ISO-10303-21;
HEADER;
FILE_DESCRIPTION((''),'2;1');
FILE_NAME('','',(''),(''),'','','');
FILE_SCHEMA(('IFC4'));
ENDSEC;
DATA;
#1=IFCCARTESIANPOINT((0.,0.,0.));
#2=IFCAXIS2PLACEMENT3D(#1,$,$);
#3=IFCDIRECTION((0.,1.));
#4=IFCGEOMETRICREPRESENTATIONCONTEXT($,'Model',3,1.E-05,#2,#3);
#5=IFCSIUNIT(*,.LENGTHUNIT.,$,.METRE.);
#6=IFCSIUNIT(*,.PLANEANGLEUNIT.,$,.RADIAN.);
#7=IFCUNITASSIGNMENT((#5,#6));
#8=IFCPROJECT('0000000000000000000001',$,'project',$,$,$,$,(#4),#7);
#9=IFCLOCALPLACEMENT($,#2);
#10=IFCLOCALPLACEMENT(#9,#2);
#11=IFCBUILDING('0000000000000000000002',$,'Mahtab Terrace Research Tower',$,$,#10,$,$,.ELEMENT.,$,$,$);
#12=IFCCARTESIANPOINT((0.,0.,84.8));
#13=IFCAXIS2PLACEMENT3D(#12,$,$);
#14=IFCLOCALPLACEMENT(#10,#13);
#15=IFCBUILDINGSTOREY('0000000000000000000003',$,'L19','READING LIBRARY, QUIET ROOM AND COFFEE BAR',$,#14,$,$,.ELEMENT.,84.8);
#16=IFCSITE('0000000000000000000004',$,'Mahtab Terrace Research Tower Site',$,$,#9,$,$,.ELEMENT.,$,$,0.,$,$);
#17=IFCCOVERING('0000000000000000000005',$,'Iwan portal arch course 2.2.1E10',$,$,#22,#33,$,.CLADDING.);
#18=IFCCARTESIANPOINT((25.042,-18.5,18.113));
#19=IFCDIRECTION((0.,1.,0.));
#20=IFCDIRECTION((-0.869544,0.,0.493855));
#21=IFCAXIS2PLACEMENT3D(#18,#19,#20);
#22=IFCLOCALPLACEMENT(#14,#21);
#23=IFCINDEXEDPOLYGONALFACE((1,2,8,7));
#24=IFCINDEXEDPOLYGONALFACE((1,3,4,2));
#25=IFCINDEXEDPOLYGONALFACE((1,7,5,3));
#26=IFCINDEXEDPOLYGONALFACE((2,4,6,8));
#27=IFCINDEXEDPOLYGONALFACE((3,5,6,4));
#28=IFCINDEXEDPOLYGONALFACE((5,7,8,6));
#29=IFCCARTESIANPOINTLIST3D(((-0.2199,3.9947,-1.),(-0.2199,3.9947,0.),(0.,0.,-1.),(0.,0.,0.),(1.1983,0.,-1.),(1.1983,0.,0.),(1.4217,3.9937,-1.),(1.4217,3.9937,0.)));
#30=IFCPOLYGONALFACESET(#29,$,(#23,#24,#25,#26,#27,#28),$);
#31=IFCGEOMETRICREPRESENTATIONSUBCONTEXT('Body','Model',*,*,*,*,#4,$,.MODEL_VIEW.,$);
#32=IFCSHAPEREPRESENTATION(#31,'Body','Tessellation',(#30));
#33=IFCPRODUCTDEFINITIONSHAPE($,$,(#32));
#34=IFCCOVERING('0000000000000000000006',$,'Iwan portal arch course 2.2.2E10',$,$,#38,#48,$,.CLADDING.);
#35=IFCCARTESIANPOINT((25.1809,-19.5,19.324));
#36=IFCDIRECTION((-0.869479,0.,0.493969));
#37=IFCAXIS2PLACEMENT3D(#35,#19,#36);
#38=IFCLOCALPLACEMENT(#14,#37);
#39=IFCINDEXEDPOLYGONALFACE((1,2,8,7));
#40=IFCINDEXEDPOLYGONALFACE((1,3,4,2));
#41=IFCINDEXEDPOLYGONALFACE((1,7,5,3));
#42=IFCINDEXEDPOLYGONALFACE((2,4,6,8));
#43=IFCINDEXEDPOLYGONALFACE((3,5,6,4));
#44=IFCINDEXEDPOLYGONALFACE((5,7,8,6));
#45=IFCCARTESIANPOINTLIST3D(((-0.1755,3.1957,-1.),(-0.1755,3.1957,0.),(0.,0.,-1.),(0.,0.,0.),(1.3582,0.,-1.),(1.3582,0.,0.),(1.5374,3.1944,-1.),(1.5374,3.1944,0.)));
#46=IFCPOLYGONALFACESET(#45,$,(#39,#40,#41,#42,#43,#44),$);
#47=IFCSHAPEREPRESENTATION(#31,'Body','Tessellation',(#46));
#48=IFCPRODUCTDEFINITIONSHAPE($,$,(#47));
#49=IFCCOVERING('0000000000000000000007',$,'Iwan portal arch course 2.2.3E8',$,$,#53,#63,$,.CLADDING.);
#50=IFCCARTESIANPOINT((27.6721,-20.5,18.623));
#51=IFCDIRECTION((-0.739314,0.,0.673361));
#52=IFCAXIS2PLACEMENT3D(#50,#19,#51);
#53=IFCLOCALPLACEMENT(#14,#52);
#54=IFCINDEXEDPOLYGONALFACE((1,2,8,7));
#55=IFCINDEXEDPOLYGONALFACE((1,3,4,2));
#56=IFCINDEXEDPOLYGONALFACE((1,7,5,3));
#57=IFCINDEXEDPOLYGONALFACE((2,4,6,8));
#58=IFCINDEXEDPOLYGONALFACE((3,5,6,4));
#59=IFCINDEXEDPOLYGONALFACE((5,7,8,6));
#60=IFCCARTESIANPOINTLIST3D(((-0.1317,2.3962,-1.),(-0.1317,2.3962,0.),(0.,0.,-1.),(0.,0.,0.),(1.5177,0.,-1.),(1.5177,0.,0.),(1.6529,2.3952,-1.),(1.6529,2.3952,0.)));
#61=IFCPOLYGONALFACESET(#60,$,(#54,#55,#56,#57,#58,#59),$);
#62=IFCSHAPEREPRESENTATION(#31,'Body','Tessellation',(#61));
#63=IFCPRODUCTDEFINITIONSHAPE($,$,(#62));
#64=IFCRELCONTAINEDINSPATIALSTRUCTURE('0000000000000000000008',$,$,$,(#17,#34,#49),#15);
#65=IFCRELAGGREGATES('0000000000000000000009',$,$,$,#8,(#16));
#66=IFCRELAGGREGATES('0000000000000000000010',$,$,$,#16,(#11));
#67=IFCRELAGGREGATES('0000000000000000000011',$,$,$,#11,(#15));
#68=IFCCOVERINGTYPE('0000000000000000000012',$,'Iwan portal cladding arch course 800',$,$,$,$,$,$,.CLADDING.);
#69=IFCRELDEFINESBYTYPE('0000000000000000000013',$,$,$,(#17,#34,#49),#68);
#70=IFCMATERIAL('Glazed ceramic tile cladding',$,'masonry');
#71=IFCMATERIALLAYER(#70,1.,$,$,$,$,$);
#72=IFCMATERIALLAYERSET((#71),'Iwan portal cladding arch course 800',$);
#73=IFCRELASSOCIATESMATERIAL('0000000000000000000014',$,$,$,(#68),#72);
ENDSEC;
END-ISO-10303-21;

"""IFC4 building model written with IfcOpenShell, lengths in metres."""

from ifc_helpers import new_model, si_unit, direction, frame, origin, place, context, subcontext, project, spatial, polyline, outline, extrude, material, layer, layer_set, type_object, element, save


model = new_model("IFC4")

# Units and contexts
model_context = context("Model", 3, precision=1e-05, world=origin(), true_north=direction((0.0, 1.0)))
body_context = subcontext(model_context, "Body", "Model", "MODEL_VIEW")
ifc_project = project(units=[si_unit("LENGTHUNIT", "METRE"), si_unit("PLANEANGLEUNIT", "RADIAN")], contexts=[model_context])

# Site, building, storey
site_placement = place(None, origin())
site = spatial("IfcSite", under=ifc_project, at=site_placement, Name="Mahtab Terrace Research Tower Site", CompositionType="ELEMENT", RefElevation=0.0)
building_placement = place(site_placement, origin())
building = spatial("IfcBuilding", under=site, at=building_placement, Name="Mahtab Terrace Research Tower", CompositionType="ELEMENT")
storey_placement = place(building_placement, frame((0.0, 0.0, 84.8)))
storey = spatial("IfcBuildingStorey", under=building, at=storey_placement, Name="L19", Description="READING LIBRARY, QUIET ROOM AND COFFEE BAR", CompositionType="ELEMENT", Elevation=84.8)

# Coverings
ifc_material = material(Name="Glazed ceramic tile cladding", Category="masonry")
ifc_layer = layer(ifc_material, 1.0)
ifc_layer_set = layer_set([ifc_layer], Name="Iwan portal cladding arch course 800")
covering_type = type_object("IfcCoveringType", Name="Iwan portal cladding arch course 800", PredefinedType="CLADDING", material=ifc_layer_set)
covering_1_placement = place(storey_placement, frame((25.042, -18.5, 18.113), z_axis=(0.0, 1.0, 0.0), x_axis=(-0.869544, 0.0, 0.493855)))
element("IfcCovering", 1, at=covering_1_placement, inside=storey, type_object=covering_type, Name="Iwan portal arch course 2.2.1E10", PredefinedType="CLADDING", context=body_context, shape_type="SweptSolid", body=[
    extrude(outline(polyline([(0.0, 0.0), (1.1983, 0.0), (1.4217, 3.9937), (-0.2199, 3.9947), (0.0, 0.0)])), origin(), (0.0, 0.0, -1.0), 1.0),
])
covering_2_placement = place(storey_placement, frame((25.1809, -19.5, 19.324), z_axis=(0.0, 1.0, 0.0), x_axis=(-0.869479, 0.0, 0.493969)))
element("IfcCovering", 2, at=covering_2_placement, inside=storey, type_object=covering_type, Name="Iwan portal arch course 2.2.2E10", PredefinedType="CLADDING", context=body_context, shape_type="SweptSolid", body=[
    extrude(outline(polyline([(0.0, 0.0), (1.3582, 0.0), (1.5374, 3.1944), (-0.1755, 3.1957), (0.0, 0.0)])), origin(), (0.0, 0.0, -1.0), 1.0),
])
covering_3_placement = place(storey_placement, frame((27.6721, -20.5, 18.623), z_axis=(0.0, 1.0, 0.0), x_axis=(-0.739314, 0.0, 0.673361)))
element("IfcCovering", 3, at=covering_3_placement, inside=storey, type_object=covering_type, Name="Iwan portal arch course 2.2.3E8", PredefinedType="CLADDING", context=body_context, shape_type="SweptSolid", body=[
    extrude(outline(polyline([(0.0, 0.0), (1.5177, 0.0), (1.6529, 2.3952), (-0.1317, 2.3962), (0.0, 0.0)])), origin(), (0.0, 0.0, -1.0), 1.0),
])

save(model, "model.ifc")
